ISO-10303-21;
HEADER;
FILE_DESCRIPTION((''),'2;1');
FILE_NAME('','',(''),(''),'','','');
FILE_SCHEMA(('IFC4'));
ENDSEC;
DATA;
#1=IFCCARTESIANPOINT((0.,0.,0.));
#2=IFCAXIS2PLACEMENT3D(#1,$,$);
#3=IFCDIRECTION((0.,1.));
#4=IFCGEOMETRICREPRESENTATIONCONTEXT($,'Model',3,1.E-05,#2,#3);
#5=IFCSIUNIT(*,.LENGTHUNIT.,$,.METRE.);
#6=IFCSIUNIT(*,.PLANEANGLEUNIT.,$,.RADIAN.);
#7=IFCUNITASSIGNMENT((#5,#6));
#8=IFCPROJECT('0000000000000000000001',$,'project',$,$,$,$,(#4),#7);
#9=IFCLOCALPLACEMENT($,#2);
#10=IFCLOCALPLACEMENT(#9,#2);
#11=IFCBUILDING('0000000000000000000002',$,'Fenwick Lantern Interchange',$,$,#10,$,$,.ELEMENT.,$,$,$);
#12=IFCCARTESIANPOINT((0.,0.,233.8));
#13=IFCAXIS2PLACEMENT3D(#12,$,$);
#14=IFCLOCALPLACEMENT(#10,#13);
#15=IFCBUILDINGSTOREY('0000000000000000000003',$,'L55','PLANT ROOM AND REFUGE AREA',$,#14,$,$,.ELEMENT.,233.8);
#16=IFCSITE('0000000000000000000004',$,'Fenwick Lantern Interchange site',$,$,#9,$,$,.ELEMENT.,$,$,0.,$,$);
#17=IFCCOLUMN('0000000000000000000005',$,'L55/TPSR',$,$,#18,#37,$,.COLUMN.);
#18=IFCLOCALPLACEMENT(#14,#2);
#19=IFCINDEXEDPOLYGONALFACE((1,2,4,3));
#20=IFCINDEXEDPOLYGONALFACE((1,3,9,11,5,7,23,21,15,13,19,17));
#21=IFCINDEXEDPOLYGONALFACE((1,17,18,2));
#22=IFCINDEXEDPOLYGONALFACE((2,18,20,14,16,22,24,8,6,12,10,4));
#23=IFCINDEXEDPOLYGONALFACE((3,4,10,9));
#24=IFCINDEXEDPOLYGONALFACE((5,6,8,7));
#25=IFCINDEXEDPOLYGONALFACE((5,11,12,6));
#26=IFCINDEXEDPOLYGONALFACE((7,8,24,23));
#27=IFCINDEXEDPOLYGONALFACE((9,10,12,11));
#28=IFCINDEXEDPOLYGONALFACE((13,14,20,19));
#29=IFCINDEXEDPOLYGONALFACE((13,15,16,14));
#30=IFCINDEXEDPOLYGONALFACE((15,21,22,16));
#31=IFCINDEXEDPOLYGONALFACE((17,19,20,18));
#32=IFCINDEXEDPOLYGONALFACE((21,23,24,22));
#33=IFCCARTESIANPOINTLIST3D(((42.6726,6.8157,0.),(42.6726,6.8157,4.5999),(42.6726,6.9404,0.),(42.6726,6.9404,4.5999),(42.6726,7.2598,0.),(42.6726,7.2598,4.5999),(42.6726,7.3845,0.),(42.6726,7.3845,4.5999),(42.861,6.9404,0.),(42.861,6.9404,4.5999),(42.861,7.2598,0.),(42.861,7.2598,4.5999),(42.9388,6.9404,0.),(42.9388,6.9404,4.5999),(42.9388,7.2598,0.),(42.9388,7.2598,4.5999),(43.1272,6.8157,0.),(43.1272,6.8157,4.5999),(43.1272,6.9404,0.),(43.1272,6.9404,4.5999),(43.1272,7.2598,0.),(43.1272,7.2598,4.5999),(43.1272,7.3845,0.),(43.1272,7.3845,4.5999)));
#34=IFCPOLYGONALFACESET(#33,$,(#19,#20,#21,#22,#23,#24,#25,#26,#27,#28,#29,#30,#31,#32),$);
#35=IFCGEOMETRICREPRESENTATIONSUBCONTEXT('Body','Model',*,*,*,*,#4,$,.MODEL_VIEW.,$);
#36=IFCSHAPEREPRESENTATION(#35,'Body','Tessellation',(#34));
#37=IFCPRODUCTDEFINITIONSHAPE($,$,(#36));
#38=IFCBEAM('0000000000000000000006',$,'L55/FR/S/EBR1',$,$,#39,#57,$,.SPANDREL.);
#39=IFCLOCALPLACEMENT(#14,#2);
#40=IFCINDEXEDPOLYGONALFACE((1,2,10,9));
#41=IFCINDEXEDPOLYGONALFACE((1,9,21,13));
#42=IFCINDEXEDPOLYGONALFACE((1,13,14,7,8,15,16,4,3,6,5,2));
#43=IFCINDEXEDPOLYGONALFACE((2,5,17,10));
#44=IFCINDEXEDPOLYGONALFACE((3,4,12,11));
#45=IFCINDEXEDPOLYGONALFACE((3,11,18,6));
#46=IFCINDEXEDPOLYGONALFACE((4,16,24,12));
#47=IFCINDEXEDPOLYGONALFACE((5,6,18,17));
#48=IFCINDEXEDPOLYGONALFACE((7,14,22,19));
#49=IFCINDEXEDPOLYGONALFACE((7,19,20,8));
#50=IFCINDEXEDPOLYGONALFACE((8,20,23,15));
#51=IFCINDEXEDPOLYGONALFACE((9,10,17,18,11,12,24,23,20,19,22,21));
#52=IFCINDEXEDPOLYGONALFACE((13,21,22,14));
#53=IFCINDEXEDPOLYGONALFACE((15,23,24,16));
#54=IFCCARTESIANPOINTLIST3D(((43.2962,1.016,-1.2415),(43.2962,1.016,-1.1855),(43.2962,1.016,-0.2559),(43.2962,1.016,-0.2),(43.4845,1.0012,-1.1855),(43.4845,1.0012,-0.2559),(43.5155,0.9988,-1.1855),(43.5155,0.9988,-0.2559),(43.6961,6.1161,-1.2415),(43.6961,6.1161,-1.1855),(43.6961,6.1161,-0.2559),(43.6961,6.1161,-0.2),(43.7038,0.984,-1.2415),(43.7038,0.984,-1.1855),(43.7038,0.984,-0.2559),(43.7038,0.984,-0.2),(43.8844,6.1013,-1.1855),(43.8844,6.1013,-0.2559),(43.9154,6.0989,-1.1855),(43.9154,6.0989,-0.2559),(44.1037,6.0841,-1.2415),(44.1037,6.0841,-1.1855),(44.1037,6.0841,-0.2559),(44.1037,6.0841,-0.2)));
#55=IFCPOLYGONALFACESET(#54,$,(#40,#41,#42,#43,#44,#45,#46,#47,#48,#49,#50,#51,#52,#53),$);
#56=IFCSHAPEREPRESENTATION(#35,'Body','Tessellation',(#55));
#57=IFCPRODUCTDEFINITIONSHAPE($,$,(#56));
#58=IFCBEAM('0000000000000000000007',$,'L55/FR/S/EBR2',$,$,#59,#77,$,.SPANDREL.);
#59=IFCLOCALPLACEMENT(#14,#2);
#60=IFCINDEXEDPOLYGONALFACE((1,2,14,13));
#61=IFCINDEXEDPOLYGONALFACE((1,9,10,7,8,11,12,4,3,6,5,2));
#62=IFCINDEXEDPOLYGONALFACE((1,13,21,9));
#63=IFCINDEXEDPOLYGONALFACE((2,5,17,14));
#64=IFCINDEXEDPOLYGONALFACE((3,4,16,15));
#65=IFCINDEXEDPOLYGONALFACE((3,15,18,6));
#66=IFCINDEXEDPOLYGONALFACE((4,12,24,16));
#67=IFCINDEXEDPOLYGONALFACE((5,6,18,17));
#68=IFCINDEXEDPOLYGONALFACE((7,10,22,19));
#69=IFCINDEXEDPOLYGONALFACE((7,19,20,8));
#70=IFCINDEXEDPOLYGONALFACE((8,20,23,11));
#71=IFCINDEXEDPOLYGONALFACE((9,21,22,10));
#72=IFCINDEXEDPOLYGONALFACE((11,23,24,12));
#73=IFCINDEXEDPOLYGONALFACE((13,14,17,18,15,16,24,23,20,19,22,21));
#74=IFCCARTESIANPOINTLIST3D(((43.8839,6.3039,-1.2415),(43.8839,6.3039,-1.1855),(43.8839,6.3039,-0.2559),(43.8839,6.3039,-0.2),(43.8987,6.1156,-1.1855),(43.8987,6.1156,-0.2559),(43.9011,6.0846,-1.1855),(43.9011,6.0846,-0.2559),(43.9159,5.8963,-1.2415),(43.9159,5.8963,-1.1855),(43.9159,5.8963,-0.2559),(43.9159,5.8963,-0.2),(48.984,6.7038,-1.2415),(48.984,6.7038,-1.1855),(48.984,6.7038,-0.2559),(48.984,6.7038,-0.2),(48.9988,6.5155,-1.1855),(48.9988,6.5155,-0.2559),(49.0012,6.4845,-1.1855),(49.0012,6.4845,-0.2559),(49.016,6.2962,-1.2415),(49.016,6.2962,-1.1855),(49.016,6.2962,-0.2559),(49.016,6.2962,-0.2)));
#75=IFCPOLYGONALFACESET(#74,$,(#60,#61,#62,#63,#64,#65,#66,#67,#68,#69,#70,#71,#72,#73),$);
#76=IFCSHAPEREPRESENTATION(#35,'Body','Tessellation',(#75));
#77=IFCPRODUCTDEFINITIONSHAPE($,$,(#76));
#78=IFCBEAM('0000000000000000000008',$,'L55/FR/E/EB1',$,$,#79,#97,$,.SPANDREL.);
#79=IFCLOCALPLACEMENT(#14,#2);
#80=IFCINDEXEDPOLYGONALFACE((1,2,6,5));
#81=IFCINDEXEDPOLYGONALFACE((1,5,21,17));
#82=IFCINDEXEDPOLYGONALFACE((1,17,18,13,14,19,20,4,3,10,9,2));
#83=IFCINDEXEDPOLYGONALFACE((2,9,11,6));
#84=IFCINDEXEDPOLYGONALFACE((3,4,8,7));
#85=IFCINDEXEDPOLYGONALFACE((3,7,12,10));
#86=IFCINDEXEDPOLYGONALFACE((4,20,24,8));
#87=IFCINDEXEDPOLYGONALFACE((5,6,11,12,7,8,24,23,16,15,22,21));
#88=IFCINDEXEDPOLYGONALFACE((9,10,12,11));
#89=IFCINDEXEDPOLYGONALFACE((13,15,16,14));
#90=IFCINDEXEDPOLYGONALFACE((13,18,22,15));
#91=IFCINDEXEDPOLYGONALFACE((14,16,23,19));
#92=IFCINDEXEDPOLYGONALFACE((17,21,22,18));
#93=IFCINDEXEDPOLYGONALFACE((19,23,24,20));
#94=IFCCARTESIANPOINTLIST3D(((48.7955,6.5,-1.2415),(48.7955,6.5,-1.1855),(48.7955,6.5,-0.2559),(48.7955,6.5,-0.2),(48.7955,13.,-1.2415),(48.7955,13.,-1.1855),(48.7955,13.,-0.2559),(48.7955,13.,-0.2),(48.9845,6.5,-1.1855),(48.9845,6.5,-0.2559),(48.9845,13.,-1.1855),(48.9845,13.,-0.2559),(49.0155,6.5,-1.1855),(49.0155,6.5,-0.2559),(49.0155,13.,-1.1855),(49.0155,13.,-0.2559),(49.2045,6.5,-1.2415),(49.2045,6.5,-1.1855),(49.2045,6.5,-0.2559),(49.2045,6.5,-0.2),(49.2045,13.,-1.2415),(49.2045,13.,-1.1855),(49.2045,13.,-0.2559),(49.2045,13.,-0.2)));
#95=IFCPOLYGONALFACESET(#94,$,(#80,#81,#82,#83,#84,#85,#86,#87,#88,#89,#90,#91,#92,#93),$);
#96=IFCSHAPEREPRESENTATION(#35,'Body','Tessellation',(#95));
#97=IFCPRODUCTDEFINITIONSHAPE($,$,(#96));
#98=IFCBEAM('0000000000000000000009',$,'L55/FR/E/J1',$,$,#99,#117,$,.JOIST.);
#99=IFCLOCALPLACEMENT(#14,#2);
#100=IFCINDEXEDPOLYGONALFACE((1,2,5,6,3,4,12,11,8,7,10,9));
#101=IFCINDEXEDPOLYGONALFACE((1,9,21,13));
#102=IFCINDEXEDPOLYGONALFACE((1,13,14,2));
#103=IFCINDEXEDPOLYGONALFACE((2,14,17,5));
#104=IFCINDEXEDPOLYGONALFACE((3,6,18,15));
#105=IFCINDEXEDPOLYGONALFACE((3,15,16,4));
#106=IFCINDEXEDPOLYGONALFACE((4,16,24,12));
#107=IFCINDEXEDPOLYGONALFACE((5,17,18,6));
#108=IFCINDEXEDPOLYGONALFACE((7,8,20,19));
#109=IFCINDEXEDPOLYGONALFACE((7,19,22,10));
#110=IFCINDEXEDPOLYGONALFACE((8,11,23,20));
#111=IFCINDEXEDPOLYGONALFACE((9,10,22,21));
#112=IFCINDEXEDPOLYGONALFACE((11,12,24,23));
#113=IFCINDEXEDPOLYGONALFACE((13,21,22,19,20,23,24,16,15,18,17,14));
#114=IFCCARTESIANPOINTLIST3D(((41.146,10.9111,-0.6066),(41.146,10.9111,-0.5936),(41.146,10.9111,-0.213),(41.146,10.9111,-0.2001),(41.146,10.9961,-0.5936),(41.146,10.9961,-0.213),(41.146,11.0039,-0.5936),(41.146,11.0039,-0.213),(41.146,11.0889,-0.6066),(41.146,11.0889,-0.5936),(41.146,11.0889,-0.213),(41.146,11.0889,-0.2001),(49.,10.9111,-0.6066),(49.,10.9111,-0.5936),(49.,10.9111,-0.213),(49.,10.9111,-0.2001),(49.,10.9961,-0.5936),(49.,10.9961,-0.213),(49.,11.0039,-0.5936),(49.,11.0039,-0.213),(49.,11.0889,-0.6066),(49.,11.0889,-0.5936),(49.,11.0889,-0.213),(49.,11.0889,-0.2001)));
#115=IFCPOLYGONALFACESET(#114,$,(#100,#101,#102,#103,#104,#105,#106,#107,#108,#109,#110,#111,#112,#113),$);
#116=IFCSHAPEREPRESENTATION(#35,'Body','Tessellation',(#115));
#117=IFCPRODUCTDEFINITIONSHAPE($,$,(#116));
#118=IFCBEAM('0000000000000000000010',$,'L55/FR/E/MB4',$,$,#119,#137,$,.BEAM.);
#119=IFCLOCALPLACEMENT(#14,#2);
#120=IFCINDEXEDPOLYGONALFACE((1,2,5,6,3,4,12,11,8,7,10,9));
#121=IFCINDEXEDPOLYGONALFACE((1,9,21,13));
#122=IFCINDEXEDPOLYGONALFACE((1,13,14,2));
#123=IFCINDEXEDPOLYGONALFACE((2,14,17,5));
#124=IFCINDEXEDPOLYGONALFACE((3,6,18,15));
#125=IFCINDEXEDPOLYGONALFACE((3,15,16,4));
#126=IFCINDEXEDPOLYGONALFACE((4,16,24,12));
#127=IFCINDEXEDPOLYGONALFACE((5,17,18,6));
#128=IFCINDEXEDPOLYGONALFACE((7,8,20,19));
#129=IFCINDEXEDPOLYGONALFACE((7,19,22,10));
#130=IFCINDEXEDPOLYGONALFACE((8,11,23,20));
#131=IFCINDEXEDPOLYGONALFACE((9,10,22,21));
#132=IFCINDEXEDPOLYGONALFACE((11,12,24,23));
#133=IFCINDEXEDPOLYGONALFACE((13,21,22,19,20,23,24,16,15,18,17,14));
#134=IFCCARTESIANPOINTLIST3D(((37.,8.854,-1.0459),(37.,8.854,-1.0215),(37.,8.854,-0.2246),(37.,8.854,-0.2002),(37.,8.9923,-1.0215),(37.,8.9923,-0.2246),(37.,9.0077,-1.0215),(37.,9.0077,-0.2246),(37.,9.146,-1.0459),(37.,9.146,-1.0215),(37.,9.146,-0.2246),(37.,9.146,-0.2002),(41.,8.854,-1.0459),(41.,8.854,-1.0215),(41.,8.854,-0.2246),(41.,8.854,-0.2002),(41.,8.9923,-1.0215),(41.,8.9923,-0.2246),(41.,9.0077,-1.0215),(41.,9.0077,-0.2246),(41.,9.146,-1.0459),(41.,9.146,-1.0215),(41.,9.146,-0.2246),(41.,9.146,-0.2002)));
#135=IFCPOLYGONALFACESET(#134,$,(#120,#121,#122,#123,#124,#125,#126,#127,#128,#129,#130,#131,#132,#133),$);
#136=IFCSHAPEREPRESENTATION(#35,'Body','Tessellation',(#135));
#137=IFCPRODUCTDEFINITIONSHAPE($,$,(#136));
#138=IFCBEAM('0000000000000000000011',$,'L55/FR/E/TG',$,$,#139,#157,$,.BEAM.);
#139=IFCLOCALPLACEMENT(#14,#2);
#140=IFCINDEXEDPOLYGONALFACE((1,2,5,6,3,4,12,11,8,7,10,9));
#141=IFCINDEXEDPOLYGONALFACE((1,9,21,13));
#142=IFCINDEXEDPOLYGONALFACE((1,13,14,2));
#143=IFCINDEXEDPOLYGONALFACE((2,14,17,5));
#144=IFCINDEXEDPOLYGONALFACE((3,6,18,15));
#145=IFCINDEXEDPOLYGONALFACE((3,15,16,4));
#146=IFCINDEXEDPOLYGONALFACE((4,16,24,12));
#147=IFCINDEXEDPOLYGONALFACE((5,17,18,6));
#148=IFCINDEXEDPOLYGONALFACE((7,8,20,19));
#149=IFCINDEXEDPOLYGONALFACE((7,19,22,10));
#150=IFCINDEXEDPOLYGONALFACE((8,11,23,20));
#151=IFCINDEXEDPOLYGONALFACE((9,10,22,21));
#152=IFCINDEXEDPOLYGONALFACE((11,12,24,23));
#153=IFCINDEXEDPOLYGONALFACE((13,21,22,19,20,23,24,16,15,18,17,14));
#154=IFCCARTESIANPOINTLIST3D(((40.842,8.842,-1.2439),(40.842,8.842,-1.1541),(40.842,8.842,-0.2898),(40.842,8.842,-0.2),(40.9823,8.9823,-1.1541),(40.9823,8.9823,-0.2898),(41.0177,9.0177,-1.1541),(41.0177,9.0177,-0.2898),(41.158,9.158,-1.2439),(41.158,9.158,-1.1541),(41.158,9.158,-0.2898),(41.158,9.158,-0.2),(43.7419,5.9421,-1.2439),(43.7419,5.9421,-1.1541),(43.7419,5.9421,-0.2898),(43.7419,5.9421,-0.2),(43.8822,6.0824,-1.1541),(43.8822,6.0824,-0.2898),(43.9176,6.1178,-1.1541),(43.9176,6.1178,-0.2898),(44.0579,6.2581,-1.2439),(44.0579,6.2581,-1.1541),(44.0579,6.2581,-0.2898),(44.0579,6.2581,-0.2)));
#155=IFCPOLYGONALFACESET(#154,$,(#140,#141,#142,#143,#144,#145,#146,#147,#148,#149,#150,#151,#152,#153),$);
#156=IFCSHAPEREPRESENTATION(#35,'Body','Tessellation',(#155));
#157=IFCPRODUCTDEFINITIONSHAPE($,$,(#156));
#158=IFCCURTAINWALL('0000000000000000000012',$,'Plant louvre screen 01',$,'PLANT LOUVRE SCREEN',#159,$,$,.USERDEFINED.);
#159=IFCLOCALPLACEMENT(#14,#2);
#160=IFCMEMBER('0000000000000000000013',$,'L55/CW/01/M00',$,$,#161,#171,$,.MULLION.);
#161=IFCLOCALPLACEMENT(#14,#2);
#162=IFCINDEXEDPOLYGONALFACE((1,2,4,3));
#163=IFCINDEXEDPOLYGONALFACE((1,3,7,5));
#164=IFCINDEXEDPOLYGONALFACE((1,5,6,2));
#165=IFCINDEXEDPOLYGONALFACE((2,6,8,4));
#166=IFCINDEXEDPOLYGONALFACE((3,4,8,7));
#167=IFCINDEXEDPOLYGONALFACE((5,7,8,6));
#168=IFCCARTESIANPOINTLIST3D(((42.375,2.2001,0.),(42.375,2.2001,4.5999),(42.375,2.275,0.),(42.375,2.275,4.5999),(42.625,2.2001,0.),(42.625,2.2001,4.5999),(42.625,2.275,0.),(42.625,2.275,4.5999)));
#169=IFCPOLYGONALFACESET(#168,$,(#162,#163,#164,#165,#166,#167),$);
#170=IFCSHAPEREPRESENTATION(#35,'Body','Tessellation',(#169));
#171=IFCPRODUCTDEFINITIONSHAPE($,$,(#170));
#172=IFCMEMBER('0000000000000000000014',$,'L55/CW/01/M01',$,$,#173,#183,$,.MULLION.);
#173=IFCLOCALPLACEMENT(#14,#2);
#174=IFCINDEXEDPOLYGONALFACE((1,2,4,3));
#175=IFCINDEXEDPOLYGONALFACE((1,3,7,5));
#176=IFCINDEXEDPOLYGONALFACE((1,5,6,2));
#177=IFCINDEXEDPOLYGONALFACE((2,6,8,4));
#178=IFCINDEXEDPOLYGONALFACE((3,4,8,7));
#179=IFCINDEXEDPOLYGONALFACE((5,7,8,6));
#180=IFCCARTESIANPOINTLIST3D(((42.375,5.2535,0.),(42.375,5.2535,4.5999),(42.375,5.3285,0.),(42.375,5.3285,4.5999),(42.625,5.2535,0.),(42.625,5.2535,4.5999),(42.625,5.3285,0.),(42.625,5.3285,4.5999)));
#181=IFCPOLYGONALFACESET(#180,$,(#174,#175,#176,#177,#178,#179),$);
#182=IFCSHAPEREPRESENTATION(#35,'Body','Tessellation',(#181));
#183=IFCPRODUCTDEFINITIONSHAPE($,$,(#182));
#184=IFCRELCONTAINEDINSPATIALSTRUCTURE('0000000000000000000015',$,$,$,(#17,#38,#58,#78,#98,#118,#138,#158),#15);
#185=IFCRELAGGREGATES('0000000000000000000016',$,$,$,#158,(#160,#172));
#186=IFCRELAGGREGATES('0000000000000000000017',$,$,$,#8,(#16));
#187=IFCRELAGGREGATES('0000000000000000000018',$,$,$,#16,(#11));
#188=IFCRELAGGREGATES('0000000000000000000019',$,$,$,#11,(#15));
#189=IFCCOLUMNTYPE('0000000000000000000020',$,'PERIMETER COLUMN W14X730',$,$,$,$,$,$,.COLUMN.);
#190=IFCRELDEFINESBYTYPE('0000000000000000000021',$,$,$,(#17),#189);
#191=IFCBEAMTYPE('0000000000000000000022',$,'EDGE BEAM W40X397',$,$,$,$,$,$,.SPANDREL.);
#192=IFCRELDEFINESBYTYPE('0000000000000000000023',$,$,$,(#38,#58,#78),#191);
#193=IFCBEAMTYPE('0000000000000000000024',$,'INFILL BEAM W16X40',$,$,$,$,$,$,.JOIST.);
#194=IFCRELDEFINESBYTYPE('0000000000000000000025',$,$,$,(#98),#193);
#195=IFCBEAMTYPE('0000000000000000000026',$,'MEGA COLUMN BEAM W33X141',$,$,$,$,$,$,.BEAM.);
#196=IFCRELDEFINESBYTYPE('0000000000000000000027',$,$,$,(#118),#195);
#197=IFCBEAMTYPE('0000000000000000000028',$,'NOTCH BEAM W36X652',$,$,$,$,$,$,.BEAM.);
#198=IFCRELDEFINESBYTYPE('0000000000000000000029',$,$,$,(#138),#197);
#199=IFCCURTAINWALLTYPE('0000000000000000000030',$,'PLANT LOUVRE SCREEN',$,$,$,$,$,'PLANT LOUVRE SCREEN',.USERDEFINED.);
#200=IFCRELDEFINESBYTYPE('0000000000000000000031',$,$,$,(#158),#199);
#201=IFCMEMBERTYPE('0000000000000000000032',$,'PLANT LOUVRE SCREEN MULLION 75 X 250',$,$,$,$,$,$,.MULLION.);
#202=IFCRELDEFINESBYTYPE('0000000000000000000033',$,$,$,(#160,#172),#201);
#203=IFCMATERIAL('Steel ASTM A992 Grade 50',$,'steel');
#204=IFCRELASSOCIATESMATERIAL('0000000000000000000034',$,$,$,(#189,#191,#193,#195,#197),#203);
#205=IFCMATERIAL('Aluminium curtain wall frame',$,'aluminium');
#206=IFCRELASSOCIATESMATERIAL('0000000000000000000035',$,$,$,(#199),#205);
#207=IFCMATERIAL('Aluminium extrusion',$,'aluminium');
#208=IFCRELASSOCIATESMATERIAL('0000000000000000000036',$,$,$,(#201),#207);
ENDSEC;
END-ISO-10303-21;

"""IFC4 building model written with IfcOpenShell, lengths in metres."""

from ifc_helpers import new_model, si_unit, direction, frame, origin, origin_2d, place, context, subcontext, project, spatial, rectangle, i_section, extrude, material, material_profile, profile_set, type_object, element, aggregate, save


model = new_model("IFC4")

# Units and contexts
model_context = context("Model", 3, precision=1e-05, world=origin(), true_north=direction((0.0, 1.0)))
body_context = subcontext(model_context, "Body", "Model", "MODEL_VIEW")
ifc_project = project(units=[si_unit("LENGTHUNIT", "METRE"), si_unit("PLANEANGLEUNIT", "RADIAN")], contexts=[model_context])

# Site, building, storey
site_placement = place(None, origin())
site = spatial("IfcSite", under=ifc_project, at=site_placement, Name="Fenwick Lantern Interchange site", CompositionType="ELEMENT", RefElevation=0.0)
building_placement = place(site_placement, origin())
building = spatial("IfcBuilding", under=site, at=building_placement, Name="Fenwick Lantern Interchange", CompositionType="ELEMENT")
storey_placement = place(building_placement, frame((0.0, 0.0, 233.8)))
storey = spatial("IfcBuildingStorey", under=building, at=storey_placement, Name="L55", Description="PLANT ROOM AND REFUGE AREA", CompositionType="ELEMENT", Elevation=233.8)

# Column
ifc_material_1 = material(Name="Steel ASTM A992 Grade 50", Category="steel")
ifc_material_profile_1 = material_profile(ifc_material_1, i_section(OverallWidth=0.4546, OverallDepth=0.5688, WebThickness=0.0779, FlangeThickness=0.1248, at=origin_2d()), Name="W14X730")
ifc_profile_set_1 = profile_set([ifc_material_profile_1], Name="Steel ASTM A992 Grade 50")
column_type = type_object("IfcColumnType", Name="PERIMETER COLUMN W14X730", PredefinedType="COLUMN", material=ifc_profile_set_1)
column_placement = place(storey_placement, frame((42.8999, 7.1001, 0.0), z_axis=(0.0, 0.0, 1.0), x_axis=(1.0, 0.0, 0.0)))
element("IfcColumn", 1, at=column_placement, inside=storey, type_object=column_type, Name="L55/TPSR", PredefinedType="COLUMN", context=body_context, shape_type="SweptSolid", body=[
    extrude(i_section(OverallWidth=0.4546, OverallDepth=0.5688, WebThickness=0.0779, FlangeThickness=0.1248, at=origin_2d()), origin(), (0.0, 0.0, 1.0), 4.5999),
])

# Beams
ifc_material_profile_2 = material_profile(ifc_material_1, i_section(OverallWidth=0.4089, OverallDepth=1.0415, WebThickness=0.031, FlangeThickness=0.0559, at=origin_2d()), Name="W40X397")
ifc_profile_set_2 = profile_set([ifc_material_profile_2], Name="Steel ASTM A992 Grade 50")
beam_type_1 = type_object("IfcBeamType", Name="EDGE BEAM W40X397", PredefinedType="SPANDREL", material=ifc_profile_set_2)
for number, where, z_axis, x_axis, name in (
    (2, (43.5, 1.0, -0.7207), (0.078171, 0.99694, 0.0), (-0.99694, 0.078171, 0.0), "L55/FR/S/EBR1"),
    (3, (43.8999, 6.1001, -0.7207), (0.99694, 0.078171, 0.0), (-0.078171, 0.99694, 0.0), "L55/FR/S/EBR2"),
):
    element("IfcBeam", number, at=place(storey_placement, frame(where, z_axis=z_axis, x_axis=x_axis)), inside=storey, type_object=beam_type_1, Name=name, PredefinedType="SPANDREL", context=body_context, shape_type="SweptSolid", body=[
        extrude(i_section(OverallWidth=0.4089, OverallDepth=1.0415, WebThickness=0.031, FlangeThickness=0.0559, at=origin_2d()), origin(), (0.0, 0.0, 1.0), 5.1157),
    ])
beam_1_placement = place(storey_placement, frame((49.0, 6.5, -0.7207), z_axis=(0.0, 1.0, 0.0), x_axis=(-1.0, 0.0, 0.0)))
element("IfcBeam", 4, at=beam_1_placement, inside=storey, type_object=beam_type_1, Name="L55/FR/E/EB1", PredefinedType="SPANDREL", context=body_context, shape_type="SweptSolid", body=[
    extrude(i_section(OverallWidth=0.4089, OverallDepth=1.0415, WebThickness=0.031, FlangeThickness=0.0559, at=origin_2d()), origin(), (0.0, 0.0, 1.0), 6.5),
])
ifc_material_profile_3 = material_profile(ifc_material_1, i_section(OverallWidth=0.1777, OverallDepth=0.4065, WebThickness=0.0078, FlangeThickness=0.0129, at=origin_2d()), Name="W16X40")
ifc_profile_set_3 = profile_set([ifc_material_profile_3], Name="Steel ASTM A992 Grade 50")
beam_type_2 = type_object("IfcBeamType", Name="INFILL BEAM W16X40", PredefinedType="JOIST", material=ifc_profile_set_3)
beam_2_placement = place(storey_placement, frame((49.0, 11.0, -0.4033), z_axis=(-1.0, 0.0, 0.0), x_axis=(0.0, -1.0, 0.0)))
element("IfcBeam", 5, at=beam_2_placement, inside=storey, type_object=beam_type_2, Name="L55/FR/E/J1", PredefinedType="JOIST", context=body_context, shape_type="SweptSolid", body=[
    extrude(i_section(OverallWidth=0.1777, OverallDepth=0.4065, WebThickness=0.0078, FlangeThickness=0.0129, at=origin_2d()), origin(), (0.0, 0.0, 1.0), 7.854),
])
ifc_material_profile_4 = material_profile(ifc_material_1, i_section(OverallWidth=0.292, OverallDepth=0.8457, WebThickness=0.0154, FlangeThickness=0.0244, at=origin_2d()), Name="W33X141")
ifc_profile_set_4 = profile_set([ifc_material_profile_4], Name="Steel ASTM A992 Grade 50")
beam_type_3 = type_object("IfcBeamType", Name="MEGA COLUMN BEAM W33X141", PredefinedType="BEAM", material=ifc_profile_set_4)
beam_3_placement = place(storey_placement, frame((41.0, 9.0, -0.623), z_axis=(-1.0, 0.0, 0.0), x_axis=(0.0, -1.0, 0.0)))
element("IfcBeam", 6, at=beam_3_placement, inside=storey, type_object=beam_type_3, Name="L55/FR/E/MB4", PredefinedType="BEAM", context=body_context, shape_type="SweptSolid", body=[
    extrude(i_section(OverallWidth=0.292, OverallDepth=0.8457, WebThickness=0.0154, FlangeThickness=0.0244, at=origin_2d()), origin(), (0.0, 0.0, 1.0), 4.0),
])
ifc_material_profile_5 = material_profile(ifc_material_1, i_section(OverallWidth=0.447, OverallDepth=1.0439, WebThickness=0.05, FlangeThickness=0.0898, at=origin_2d()), Name="W36X652")
ifc_profile_set_5 = profile_set([ifc_material_profile_5], Name="Steel ASTM A992 Grade 50")
beam_type_4 = type_object("IfcBeamType", Name="NOTCH BEAM W36X652", PredefinedType="BEAM", material=ifc_profile_set_5)
beam_4_placement = place(storey_placement, frame((41.0, 9.0, -0.7219), z_axis=(0.707107, -0.707107, 0.0), x_axis=(0.707107, 0.707107, 0.0)))
element("IfcBeam", 7, at=beam_4_placement, inside=storey, type_object=beam_type_4, Name="L55/FR/E/TG", PredefinedType="BEAM", context=body_context, shape_type="SweptSolid", body=[
    extrude(i_section(OverallWidth=0.447, OverallDepth=1.0439, WebThickness=0.05, FlangeThickness=0.0898, at=origin_2d()), origin(), (0.0, 0.0, 1.0), 4.1011),
])

# Curtain wall, members
ifc_material_2 = material(Name="Aluminium curtain wall frame", Category="aluminium")
curtain_wall_type = type_object("IfcCurtainWallType", Name="PLANT LOUVRE SCREEN", ElementType="PLANT LOUVRE SCREEN", PredefinedType="USERDEFINED", material=ifc_material_2)
curtain_wall_1_placement = place(storey_placement, origin())
curtain_wall_1 = element("IfcCurtainWall", 8, at=curtain_wall_1_placement, inside=storey, type_object=curtain_wall_type, Name="Plant louvre screen 01", ObjectType="PLANT LOUVRE SCREEN", PredefinedType="USERDEFINED")
ifc_material_3 = material(Name="Aluminium extrusion", Category="aluminium")
ifc_material_profile_6 = material_profile(ifc_material_3, rectangle(XDim=0.25, YDim=0.075, at=origin_2d()), Name="PLANT LOUVRE SCREEN MULLION 75 X 250")
ifc_profile_set_6 = profile_set([ifc_material_profile_6], Name="Aluminium extrusion")
member_type_1 = type_object("IfcMemberType", Name="PLANT LOUVRE SCREEN MULLION 75 X 250", PredefinedType="MULLION", material=ifc_profile_set_6)
member_1_placement = place(storey_placement, frame((42.5, 2.2375, 0.0), z_axis=(0.0, 0.0, 1.0), x_axis=(-1.0, 0.0, 0.0)))
member_1 = element("IfcMember", 9, at=member_1_placement, type_object=member_type_1, Name="L55/CW/01/M00", PredefinedType="MULLION", context=body_context, shape_type="SweptSolid", body=[
    extrude(rectangle(XDim=0.25, YDim=0.075, at=origin_2d()), origin(), (0.0, 0.0, 1.0), 4.5999),
])
member_2_placement = place(storey_placement, frame((42.5, 5.291, 0.0), z_axis=(0.0, 0.0, 1.0), x_axis=(-1.0, 0.0, 0.0)))
member_2 = element("IfcMember", 10, at=member_2_placement, type_object=member_type_1, Name="L55/CW/01/M01", PredefinedType="MULLION", context=body_context, shape_type="SweptSolid", body=[
    extrude(rectangle(XDim=0.25, YDim=0.075, at=origin_2d()), origin(), (0.0, 0.0, 1.0), 4.5999),
])

aggregate(curtain_wall_1, [member_1, member_2])

save(model, "model.ifc")
